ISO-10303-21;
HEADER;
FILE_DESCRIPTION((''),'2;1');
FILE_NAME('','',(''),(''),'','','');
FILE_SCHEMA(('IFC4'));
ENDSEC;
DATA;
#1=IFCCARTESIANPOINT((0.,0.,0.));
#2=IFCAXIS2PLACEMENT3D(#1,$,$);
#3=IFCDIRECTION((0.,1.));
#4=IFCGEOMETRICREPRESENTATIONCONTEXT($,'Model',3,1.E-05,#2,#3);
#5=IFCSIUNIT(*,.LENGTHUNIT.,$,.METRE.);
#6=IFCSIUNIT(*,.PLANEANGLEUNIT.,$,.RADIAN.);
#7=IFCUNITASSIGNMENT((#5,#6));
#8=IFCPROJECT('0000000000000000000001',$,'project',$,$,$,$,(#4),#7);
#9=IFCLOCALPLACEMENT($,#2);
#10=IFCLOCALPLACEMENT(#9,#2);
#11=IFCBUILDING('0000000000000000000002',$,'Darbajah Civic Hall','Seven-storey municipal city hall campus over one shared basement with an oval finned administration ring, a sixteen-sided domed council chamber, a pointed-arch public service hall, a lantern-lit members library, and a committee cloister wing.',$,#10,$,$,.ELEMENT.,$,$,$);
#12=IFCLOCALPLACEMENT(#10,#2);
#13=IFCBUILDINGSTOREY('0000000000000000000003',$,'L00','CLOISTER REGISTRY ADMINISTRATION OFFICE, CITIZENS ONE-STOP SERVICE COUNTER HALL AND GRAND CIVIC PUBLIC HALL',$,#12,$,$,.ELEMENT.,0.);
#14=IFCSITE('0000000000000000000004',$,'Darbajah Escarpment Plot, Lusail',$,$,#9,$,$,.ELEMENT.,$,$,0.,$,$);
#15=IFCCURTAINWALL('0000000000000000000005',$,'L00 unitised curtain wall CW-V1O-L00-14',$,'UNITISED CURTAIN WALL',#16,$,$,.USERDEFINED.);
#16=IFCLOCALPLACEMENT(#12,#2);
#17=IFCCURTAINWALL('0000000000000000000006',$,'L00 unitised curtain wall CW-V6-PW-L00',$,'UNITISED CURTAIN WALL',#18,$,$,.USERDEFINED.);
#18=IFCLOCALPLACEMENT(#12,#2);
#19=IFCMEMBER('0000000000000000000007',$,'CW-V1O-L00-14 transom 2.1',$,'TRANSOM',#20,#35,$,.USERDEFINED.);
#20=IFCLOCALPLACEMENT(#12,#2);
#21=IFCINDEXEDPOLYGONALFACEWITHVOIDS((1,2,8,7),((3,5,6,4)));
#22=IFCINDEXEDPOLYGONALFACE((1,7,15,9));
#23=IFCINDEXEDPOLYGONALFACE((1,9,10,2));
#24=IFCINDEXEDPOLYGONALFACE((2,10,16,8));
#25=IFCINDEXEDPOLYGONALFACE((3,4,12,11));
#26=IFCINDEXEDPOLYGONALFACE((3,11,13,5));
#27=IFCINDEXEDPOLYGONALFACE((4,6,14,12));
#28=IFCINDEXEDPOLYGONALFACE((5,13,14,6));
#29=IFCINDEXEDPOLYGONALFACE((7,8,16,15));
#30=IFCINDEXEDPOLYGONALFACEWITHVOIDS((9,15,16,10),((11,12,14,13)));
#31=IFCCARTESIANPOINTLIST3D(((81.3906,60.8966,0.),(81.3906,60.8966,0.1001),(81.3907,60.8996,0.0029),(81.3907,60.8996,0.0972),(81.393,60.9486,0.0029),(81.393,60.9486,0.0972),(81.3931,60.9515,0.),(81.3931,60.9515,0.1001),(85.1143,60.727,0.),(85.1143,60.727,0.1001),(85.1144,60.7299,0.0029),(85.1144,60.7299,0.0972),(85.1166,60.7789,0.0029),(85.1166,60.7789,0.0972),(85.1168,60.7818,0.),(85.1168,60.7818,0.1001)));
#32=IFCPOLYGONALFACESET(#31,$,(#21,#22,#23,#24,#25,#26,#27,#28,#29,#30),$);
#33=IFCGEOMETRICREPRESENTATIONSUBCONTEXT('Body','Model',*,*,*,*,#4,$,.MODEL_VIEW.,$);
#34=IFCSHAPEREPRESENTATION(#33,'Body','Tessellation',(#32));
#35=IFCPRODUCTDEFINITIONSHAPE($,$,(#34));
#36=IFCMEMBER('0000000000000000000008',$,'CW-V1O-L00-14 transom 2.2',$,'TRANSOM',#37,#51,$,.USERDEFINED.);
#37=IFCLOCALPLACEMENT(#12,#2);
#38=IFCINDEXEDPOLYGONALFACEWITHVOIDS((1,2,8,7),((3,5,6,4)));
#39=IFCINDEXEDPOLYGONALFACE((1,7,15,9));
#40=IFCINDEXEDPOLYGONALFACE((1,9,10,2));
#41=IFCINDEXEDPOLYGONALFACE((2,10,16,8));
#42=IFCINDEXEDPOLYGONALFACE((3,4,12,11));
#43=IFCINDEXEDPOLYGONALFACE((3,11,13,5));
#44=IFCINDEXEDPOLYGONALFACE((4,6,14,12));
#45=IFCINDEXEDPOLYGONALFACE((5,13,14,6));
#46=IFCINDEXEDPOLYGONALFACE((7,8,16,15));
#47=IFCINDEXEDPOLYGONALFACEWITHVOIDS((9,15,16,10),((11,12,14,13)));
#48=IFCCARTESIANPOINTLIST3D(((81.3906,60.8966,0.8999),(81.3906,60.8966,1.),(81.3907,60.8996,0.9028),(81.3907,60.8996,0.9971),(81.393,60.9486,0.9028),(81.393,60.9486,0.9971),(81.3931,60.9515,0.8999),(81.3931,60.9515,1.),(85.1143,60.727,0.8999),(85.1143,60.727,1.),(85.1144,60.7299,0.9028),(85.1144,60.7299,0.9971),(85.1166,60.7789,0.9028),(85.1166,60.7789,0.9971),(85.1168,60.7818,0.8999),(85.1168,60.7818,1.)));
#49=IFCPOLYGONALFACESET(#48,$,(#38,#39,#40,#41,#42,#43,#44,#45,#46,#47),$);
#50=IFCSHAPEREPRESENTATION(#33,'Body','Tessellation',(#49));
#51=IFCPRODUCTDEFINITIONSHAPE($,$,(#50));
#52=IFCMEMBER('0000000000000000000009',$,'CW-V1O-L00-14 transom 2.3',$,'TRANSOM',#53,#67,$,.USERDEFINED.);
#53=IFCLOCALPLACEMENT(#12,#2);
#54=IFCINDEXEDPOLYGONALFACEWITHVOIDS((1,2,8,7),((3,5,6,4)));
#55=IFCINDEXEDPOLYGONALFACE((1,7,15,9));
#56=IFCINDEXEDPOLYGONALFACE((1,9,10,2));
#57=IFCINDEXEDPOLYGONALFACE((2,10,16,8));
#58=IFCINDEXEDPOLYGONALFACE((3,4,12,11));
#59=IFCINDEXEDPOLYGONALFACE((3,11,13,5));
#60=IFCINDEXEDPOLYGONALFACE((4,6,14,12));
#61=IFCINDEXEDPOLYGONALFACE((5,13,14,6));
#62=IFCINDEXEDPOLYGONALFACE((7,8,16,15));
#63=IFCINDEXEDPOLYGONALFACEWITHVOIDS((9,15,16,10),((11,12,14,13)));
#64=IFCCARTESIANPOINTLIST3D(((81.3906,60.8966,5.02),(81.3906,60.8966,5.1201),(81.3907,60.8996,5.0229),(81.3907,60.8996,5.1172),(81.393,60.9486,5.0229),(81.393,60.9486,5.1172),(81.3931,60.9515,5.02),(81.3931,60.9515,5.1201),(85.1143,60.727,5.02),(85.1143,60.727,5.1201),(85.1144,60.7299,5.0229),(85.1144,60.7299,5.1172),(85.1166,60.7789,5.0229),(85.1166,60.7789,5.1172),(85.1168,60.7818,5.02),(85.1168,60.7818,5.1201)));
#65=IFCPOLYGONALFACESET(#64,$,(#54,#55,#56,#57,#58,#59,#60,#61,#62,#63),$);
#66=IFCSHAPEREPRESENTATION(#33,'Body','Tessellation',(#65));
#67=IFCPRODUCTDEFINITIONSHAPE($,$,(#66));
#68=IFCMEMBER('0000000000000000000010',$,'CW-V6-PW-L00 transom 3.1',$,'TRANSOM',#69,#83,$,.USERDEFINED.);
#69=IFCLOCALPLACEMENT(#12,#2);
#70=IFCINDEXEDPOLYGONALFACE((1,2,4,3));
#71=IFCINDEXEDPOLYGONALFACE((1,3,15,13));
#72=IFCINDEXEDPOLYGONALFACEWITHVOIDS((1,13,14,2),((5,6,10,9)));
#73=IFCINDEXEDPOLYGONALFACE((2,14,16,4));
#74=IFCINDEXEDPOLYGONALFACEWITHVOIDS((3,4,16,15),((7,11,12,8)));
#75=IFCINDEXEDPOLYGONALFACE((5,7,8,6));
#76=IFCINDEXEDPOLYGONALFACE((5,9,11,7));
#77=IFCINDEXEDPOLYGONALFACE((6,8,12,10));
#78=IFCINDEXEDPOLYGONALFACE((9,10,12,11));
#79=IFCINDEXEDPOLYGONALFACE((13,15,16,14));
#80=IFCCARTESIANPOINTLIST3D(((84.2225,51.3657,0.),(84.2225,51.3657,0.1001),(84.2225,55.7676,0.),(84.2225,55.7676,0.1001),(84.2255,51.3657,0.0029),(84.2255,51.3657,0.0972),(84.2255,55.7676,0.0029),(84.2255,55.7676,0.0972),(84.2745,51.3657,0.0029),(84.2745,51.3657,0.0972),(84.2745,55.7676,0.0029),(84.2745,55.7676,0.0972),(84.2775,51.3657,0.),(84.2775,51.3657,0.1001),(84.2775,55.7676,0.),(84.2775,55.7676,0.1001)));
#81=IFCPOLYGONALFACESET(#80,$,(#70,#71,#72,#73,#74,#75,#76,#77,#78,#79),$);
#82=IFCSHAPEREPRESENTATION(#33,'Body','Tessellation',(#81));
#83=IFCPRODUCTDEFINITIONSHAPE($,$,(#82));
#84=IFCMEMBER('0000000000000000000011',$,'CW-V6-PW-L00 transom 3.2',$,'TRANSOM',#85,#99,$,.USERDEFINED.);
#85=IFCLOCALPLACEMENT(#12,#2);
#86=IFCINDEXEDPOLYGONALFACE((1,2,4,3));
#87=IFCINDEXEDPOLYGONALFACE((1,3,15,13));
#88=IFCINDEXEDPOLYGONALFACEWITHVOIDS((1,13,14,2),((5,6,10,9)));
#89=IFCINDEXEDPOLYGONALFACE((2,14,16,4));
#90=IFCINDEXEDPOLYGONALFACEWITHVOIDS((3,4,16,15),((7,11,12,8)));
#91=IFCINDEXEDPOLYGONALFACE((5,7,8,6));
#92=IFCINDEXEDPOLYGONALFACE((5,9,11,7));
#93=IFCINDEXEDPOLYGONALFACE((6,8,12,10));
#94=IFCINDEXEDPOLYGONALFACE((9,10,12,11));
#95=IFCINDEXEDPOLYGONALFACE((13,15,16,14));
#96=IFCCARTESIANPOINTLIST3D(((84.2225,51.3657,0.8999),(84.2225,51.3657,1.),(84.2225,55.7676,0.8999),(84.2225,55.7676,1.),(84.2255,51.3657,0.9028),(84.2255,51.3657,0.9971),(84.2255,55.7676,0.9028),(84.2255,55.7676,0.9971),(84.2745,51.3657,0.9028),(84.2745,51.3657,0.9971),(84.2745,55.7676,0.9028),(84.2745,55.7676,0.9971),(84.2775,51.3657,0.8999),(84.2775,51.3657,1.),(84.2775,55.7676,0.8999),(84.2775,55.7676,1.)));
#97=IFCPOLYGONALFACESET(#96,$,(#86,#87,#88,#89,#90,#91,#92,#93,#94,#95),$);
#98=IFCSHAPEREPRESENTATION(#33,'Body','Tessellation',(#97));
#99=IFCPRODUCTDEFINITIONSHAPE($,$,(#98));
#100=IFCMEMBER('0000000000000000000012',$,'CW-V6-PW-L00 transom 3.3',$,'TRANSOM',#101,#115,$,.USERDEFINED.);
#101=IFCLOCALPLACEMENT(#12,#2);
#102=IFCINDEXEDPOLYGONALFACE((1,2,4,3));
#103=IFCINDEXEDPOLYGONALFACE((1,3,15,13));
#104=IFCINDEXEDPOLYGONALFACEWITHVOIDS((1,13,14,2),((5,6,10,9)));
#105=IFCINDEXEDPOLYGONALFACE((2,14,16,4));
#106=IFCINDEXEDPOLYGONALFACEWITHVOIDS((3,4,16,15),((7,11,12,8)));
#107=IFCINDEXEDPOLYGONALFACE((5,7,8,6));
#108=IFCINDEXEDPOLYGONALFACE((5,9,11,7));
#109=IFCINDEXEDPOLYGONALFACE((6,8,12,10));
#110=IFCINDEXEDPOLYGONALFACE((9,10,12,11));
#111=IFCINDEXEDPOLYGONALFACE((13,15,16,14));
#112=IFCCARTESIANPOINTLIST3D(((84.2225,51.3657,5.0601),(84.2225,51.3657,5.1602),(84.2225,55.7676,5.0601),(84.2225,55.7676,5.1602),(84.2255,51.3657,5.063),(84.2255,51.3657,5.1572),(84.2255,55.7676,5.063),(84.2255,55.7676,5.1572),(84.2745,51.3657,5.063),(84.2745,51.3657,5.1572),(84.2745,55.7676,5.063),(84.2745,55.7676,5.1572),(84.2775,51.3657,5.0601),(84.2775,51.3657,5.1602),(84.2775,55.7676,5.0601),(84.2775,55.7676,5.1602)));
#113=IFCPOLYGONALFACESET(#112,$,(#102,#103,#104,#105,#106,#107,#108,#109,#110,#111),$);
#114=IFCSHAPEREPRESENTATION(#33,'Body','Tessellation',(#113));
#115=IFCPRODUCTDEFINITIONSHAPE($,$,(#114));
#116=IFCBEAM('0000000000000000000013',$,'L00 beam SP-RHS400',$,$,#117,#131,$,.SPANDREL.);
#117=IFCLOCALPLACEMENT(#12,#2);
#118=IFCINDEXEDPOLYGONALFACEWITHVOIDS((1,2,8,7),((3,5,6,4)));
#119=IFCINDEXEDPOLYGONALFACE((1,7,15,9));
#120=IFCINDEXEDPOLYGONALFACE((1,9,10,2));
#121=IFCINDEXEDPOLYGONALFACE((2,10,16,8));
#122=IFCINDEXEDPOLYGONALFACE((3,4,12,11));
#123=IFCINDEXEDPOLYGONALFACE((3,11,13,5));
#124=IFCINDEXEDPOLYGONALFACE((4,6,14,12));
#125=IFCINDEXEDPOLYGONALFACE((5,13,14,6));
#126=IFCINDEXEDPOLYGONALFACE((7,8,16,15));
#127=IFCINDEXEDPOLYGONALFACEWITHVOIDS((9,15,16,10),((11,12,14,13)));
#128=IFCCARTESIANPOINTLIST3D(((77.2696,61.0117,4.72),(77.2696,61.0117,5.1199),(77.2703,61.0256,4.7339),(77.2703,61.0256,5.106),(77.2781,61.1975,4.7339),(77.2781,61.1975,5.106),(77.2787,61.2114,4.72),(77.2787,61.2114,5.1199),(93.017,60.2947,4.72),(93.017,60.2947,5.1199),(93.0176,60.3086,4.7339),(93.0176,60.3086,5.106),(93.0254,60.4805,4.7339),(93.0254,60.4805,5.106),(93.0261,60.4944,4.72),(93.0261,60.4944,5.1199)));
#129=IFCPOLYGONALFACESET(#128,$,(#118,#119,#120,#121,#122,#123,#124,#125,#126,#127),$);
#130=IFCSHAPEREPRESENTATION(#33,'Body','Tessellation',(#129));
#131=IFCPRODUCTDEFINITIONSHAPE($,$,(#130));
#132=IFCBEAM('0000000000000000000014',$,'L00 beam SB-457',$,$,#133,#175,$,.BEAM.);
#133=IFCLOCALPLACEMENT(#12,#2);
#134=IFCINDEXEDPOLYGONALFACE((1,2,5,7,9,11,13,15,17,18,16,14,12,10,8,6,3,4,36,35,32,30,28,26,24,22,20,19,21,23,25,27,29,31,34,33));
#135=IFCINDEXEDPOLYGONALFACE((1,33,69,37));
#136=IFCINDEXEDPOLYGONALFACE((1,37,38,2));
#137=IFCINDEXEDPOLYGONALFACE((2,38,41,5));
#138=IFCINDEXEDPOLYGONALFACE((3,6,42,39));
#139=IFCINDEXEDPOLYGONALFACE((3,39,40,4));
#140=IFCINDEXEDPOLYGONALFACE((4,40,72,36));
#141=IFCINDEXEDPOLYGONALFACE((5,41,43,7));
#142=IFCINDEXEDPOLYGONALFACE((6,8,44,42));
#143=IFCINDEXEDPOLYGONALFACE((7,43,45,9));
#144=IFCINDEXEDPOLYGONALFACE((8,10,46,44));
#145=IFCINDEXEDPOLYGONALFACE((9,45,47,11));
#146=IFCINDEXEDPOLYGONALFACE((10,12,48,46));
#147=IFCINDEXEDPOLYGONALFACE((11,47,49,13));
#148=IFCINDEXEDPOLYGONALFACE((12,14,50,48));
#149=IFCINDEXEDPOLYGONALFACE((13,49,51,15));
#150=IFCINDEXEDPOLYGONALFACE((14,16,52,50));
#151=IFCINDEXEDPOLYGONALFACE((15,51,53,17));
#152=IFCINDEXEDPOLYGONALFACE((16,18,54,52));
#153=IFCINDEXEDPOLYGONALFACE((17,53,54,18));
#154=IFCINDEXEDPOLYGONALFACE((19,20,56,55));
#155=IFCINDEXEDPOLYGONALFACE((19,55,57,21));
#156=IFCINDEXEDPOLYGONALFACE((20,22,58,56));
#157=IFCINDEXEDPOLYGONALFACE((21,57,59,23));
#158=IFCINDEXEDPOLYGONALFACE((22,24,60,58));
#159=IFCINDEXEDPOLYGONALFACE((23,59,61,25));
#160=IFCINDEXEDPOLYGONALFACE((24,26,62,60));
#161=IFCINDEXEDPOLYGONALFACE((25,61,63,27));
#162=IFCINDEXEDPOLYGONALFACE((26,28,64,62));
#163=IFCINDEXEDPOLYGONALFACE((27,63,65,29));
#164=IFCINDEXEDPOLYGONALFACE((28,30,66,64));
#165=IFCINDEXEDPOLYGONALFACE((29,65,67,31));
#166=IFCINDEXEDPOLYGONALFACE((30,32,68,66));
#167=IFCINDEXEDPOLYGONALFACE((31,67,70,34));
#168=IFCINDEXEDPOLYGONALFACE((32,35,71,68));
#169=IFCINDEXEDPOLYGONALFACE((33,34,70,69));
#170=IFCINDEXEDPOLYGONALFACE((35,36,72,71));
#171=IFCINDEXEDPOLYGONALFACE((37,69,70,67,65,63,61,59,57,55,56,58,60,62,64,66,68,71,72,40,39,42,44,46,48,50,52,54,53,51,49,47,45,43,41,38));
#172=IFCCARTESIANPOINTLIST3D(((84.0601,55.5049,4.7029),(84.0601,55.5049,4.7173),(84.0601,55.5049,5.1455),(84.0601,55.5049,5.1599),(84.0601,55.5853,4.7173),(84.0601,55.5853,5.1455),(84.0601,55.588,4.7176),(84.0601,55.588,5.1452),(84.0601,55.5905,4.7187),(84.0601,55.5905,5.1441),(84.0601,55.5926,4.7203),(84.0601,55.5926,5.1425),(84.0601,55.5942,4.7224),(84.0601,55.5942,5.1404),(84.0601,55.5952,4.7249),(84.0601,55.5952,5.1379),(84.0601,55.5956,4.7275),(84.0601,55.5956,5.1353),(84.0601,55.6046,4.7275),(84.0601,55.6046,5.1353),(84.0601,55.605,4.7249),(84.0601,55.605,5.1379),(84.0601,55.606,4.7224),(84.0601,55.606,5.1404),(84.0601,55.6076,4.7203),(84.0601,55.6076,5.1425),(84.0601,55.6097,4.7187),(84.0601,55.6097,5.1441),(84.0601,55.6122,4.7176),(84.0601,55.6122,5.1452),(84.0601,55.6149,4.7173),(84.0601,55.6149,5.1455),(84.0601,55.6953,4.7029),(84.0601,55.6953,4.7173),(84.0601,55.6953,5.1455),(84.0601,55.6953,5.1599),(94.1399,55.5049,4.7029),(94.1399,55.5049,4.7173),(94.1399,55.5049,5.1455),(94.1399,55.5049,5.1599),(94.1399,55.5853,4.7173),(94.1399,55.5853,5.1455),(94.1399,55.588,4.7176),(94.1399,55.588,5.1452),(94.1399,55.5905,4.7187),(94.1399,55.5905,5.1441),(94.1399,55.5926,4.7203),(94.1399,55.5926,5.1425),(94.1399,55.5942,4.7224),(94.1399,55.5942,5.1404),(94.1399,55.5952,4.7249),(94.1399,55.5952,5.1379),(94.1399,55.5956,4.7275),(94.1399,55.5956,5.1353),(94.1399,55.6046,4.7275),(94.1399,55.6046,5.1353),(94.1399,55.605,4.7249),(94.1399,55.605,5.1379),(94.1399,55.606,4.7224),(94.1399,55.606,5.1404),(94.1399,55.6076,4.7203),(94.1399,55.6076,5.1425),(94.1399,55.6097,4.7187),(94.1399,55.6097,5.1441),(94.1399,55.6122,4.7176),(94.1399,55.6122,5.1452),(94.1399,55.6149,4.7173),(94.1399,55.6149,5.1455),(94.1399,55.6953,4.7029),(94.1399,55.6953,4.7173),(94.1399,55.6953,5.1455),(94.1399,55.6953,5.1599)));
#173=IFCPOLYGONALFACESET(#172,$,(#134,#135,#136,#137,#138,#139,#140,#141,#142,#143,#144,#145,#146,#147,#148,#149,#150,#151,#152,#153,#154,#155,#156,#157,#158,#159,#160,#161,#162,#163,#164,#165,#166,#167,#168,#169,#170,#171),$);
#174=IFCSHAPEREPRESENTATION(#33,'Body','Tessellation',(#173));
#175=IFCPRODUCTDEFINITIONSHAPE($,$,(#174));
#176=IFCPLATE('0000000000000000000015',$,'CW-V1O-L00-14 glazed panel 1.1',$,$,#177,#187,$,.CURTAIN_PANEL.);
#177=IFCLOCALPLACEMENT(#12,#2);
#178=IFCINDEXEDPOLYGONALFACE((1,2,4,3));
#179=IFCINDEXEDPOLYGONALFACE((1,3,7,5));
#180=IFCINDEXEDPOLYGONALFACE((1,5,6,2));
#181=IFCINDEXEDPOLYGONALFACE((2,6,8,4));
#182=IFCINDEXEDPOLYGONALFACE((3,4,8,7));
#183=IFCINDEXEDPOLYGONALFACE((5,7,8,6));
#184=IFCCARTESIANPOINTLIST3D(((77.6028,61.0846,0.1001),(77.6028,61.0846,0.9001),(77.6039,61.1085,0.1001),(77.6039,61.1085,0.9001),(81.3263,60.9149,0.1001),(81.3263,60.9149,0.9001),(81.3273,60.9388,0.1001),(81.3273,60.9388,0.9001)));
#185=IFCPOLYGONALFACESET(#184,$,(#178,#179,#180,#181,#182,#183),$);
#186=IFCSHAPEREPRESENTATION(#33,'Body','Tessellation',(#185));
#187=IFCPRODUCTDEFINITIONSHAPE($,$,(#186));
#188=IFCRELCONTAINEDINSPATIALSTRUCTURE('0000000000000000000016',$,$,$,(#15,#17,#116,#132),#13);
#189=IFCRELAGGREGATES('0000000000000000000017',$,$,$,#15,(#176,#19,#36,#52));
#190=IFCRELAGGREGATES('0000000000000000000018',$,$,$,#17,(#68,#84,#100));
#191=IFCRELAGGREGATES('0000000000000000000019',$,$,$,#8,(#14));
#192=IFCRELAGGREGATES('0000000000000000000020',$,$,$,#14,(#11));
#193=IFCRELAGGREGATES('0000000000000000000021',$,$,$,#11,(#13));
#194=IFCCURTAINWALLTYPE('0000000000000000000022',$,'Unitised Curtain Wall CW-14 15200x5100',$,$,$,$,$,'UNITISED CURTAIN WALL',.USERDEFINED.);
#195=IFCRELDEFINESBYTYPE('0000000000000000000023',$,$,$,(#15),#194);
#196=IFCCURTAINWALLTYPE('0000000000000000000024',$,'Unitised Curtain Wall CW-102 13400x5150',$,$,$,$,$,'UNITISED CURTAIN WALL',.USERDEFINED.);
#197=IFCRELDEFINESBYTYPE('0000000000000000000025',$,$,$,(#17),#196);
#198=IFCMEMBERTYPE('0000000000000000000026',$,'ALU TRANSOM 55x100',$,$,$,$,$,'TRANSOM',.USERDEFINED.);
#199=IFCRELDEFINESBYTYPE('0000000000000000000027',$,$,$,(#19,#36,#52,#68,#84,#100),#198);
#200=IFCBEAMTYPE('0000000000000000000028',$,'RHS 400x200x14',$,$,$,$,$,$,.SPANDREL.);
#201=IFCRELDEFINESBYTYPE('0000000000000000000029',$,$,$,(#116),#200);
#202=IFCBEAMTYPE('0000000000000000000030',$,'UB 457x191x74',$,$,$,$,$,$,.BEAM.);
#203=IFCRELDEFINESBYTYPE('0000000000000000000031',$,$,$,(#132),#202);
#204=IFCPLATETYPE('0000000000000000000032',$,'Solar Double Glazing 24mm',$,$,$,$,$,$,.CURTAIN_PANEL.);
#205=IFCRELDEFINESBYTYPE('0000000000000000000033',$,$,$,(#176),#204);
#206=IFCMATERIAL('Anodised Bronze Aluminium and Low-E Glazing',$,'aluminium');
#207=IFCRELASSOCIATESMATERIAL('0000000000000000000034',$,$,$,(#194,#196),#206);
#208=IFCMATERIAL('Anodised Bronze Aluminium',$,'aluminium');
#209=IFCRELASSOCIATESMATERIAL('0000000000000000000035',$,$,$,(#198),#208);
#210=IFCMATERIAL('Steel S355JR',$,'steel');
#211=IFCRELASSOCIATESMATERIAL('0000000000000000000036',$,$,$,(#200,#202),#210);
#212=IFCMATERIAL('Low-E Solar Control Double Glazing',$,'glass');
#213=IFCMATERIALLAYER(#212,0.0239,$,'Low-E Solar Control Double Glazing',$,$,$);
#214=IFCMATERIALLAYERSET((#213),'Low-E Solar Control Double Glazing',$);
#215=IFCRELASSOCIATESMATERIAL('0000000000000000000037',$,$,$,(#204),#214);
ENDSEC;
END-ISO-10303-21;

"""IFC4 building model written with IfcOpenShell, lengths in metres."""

from ifc_helpers import new_model, si_unit, direction, frame, origin, origin_2d, place, context, subcontext, project, spatial, rectangle, hollow_rectangle, i_section, extrude, material, layer, layer_set, material_profile, profile_set, type_object, element, aggregate, save


model = new_model("IFC4")

# Units and contexts
model_context = context("Model", 3, precision=1e-05, world=origin(), true_north=direction((0.0, 1.0)))
body_context = subcontext(model_context, "Body", "Model", "MODEL_VIEW")
ifc_project = project(units=[si_unit("LENGTHUNIT", "METRE"), si_unit("PLANEANGLEUNIT", "RADIAN")], contexts=[model_context])

# Site, building, storey
site_placement = place(None, origin())
site = spatial("IfcSite", under=ifc_project, at=site_placement, Name="Darbajah Escarpment Plot, Lusail", CompositionType="ELEMENT", RefElevation=0.0)
building_placement = place(site_placement, origin())
building = spatial("IfcBuilding", under=site, at=building_placement, Name="Darbajah Civic Hall", Description="Seven-storey municipal city hall campus over one shared basement with an oval finned administration ring, a sixteen-sided domed council chamber, a pointed-arch public service hall, a lantern-lit members library, and a committee cloister wing.", CompositionType="ELEMENT")
storey_placement = place(building_placement, origin())
storey = spatial("IfcBuildingStorey", under=building, at=storey_placement, Name="L00", Description="CLOISTER REGISTRY ADMINISTRATION OFFICE, CITIZENS ONE-STOP SERVICE COUNTER HALL AND GRAND CIVIC PUBLIC HALL", CompositionType="ELEMENT", Elevation=0.0)

# Shared definitions
ifc_material_1 = material(Name="Steel S355JR", Category="steel")

# Curtain walls
ifc_material_2 = material(Name="Anodised Bronze Aluminium and Low-E Glazing", Category="aluminium")
curtain_wall_type_1 = type_object("IfcCurtainWallType", Name="Unitised Curtain Wall CW-14 15200x5100", ElementType="UNITISED CURTAIN WALL", PredefinedType="USERDEFINED", material=ifc_material_2)
curtain_wall_1_placement = place(storey_placement, origin())
curtain_wall_1 = element("IfcCurtainWall", 1, at=curtain_wall_1_placement, inside=storey, type_object=curtain_wall_type_1, Name="L00 unitised curtain wall CW-V1O-L00-14", ObjectType="UNITISED CURTAIN WALL", PredefinedType="USERDEFINED")
ifc_material_3 = material(Name="Anodised Bronze Aluminium", Category="aluminium")
curtain_wall_type_2 = type_object("IfcCurtainWallType", Name="Unitised Curtain Wall CW-102 13400x5150", ElementType="UNITISED CURTAIN WALL", PredefinedType="USERDEFINED", material=ifc_material_2)
curtain_wall_2_placement = place(storey_placement, origin())
curtain_wall_2 = element("IfcCurtainWall", 2, at=curtain_wall_2_placement, inside=storey, type_object=curtain_wall_type_2, Name="L00 unitised curtain wall CW-V6-PW-L00", ObjectType="UNITISED CURTAIN WALL", PredefinedType="USERDEFINED")

# Members
ifc_material_profile_1 = material_profile(ifc_material_3, hollow_rectangle(XDim=0.0549, YDim=0.1001, WallThickness=0.0029, at=origin_2d()), Name="ALU TRANSOM 55x100")
ifc_profile_set_1 = profile_set([ifc_material_profile_1], Name="Anodised Bronze Aluminium")
member_type_1 = type_object("IfcMemberType", Name="ALU TRANSOM 55x100", ElementType="TRANSOM", PredefinedType="USERDEFINED", material=ifc_profile_set_1)
member_1_placement = place(storey_placement, frame((81.3918, 60.9241, 0.05), z_axis=(0.998963, -0.045521, 0.0), x_axis=(0.045521, 0.998963, 0.0)))
member_1 = element("IfcMember", 3, at=member_1_placement, type_object=member_type_1, Name="CW-V1O-L00-14 transom 2.1", ObjectType="TRANSOM", PredefinedType="USERDEFINED", context=body_context, shape_type="SweptSolid", body=[
    extrude(hollow_rectangle(XDim=0.0549, YDim=0.1001, WallThickness=0.0029, at=origin_2d()), origin(), (0.0, 0.0, 1.0), 3.7275),
])
member_2_placement = place(storey_placement, frame((81.3918, 60.9241, 0.95), z_axis=(0.998963, -0.045521, 0.0), x_axis=(0.045521, 0.998963, 0.0)))
member_2 = element("IfcMember", 4, at=member_2_placement, type_object=member_type_1, Name="CW-V1O-L00-14 transom 2.2", ObjectType="TRANSOM", PredefinedType="USERDEFINED", context=body_context, shape_type="SweptSolid", body=[
    extrude(hollow_rectangle(XDim=0.0549, YDim=0.1001, WallThickness=0.0029, at=origin_2d()), origin(), (0.0, 0.0, 1.0), 3.7275),
])
member_3_placement = place(storey_placement, frame((81.3918, 60.9241, 5.0701), z_axis=(0.998963, -0.045521, 0.0), x_axis=(0.045521, 0.998963, 0.0)))
member_3 = element("IfcMember", 5, at=member_3_placement, type_object=member_type_1, Name="CW-V1O-L00-14 transom 2.3", ObjectType="TRANSOM", PredefinedType="USERDEFINED", context=body_context, shape_type="SweptSolid", body=[
    extrude(hollow_rectangle(XDim=0.0549, YDim=0.1001, WallThickness=0.0029, at=origin_2d()), origin(), (0.0, 0.0, 1.0), 3.7275),
])
member_4_placement = place(storey_placement, frame((84.25, 51.3657, 0.05), z_axis=(0.0, 1.0, 0.0), x_axis=(-1.0, 0.0, 0.0)))
member_4 = element("IfcMember", 6, at=member_4_placement, type_object=member_type_1, Name="CW-V6-PW-L00 transom 3.1", ObjectType="TRANSOM", PredefinedType="USERDEFINED", context=body_context, shape_type="SweptSolid", body=[
    extrude(hollow_rectangle(XDim=0.0549, YDim=0.1001, WallThickness=0.0029, at=origin_2d()), origin(), (0.0, 0.0, 1.0), 4.4019),
])
member_5_placement = place(storey_placement, frame((84.25, 51.3657, 0.95), z_axis=(0.0, 1.0, 0.0), x_axis=(-1.0, 0.0, 0.0)))
member_5 = element("IfcMember", 7, at=member_5_placement, type_object=member_type_1, Name="CW-V6-PW-L00 transom 3.2", ObjectType="TRANSOM", PredefinedType="USERDEFINED", context=body_context, shape_type="SweptSolid", body=[
    extrude(hollow_rectangle(XDim=0.0549, YDim=0.1001, WallThickness=0.0029, at=origin_2d()), origin(), (0.0, 0.0, 1.0), 4.4019),
])
member_6_placement = place(storey_placement, frame((84.25, 51.3657, 5.1101), z_axis=(0.0, 1.0, 0.0), x_axis=(-1.0, 0.0, 0.0)))
member_6 = element("IfcMember", 8, at=member_6_placement, type_object=member_type_1, Name="CW-V6-PW-L00 transom 3.3", ObjectType="TRANSOM", PredefinedType="USERDEFINED", context=body_context, shape_type="SweptSolid", body=[
    extrude(hollow_rectangle(XDim=0.0549, YDim=0.1001, WallThickness=0.0029, at=origin_2d()), origin(), (0.0, 0.0, 1.0), 4.4019),
])

# Beams
ifc_material_profile_2 = material_profile(ifc_material_1, hollow_rectangle(XDim=0.2, YDim=0.3999, WallThickness=0.0139, at=origin_2d()), Name="RHS 400x200x14")
ifc_profile_set_2 = profile_set([ifc_material_profile_2], Name="Steel S355JR")
beam_type_1 = type_object("IfcBeamType", Name="RHS 400x200x14", PredefinedType="SPANDREL", material=ifc_profile_set_2)
beam_1_placement = place(storey_placement, frame((77.2742, 61.1116, 4.9199), z_axis=(0.998965, -0.045487, 0.0), x_axis=(0.045487, 0.998965, 0.0)))
element("IfcBeam", 9, at=beam_1_placement, inside=storey, type_object=beam_type_1, Name="L00 beam SP-RHS400", PredefinedType="SPANDREL", context=body_context, shape_type="SweptSolid", body=[
    extrude(hollow_rectangle(XDim=0.2, YDim=0.3999, WallThickness=0.0139, at=origin_2d()), origin(), (0.0, 0.0, 1.0), 15.7637),
])
ifc_material_profile_3 = material_profile(ifc_material_1, i_section(OverallWidth=0.1904, OverallDepth=0.457, WebThickness=0.009, FlangeThickness=0.0144, FilletRadius=0.0103, at=origin_2d()), Name="UB 457x191x74")
ifc_profile_set_3 = profile_set([ifc_material_profile_3], Name="Steel S355JR")
beam_type_2 = type_object("IfcBeamType", Name="UB 457x191x74", PredefinedType="BEAM", material=ifc_profile_set_3)
beam_2_placement = place(storey_placement, frame((84.0601, 55.6001, 4.9314), z_axis=(1.0, 0.0, 0.0), x_axis=(0.0, 1.0, 0.0)))
element("IfcBeam", 10, at=beam_2_placement, inside=storey, type_object=beam_type_2, Name="L00 beam SB-457", PredefinedType="BEAM", context=body_context, shape_type="SweptSolid", body=[
    extrude(i_section(OverallWidth=0.1904, OverallDepth=0.457, WebThickness=0.009, FlangeThickness=0.0144, FilletRadius=0.0103, at=origin_2d()), origin(), (0.0, 0.0, 1.0), 10.0798),
])

# Plate
ifc_material_4 = material(Name="Low-E Solar Control Double Glazing", Category="glass")
ifc_layer_1 = layer(ifc_material_4, 0.0239, Name="Low-E Solar Control Double Glazing")
ifc_layer_set_1 = layer_set([ifc_layer_1], Name="Low-E Solar Control Double Glazing")
plate_type = type_object("IfcPlateType", Name="Solar Double Glazing 24mm", PredefinedType="CURTAIN_PANEL", material=ifc_layer_set_1)
plate_1_placement = place(storey_placement, frame((79.4651, 61.0117, 0.1001), z_axis=(0.0, 0.0, 1.0), x_axis=(0.998963, -0.045537, 0.0)))
plate_1 = element("IfcPlate", 11, at=plate_1_placement, type_object=plate_type, Name="CW-V1O-L00-14 glazed panel 1.1", PredefinedType="CURTAIN_PANEL", context=body_context, shape_type="SweptSolid", body=[
    extrude(rectangle(XDim=3.7273, YDim=0.0239, at=origin_2d()), origin(), (0.0, 0.0, 1.0), 0.8),
])
aggregate(curtain_wall_1, [plate_1, member_1, member_2, member_3])
aggregate(curtain_wall_2, [member_4, member_5, member_6])

save(model, "model.ifc")
